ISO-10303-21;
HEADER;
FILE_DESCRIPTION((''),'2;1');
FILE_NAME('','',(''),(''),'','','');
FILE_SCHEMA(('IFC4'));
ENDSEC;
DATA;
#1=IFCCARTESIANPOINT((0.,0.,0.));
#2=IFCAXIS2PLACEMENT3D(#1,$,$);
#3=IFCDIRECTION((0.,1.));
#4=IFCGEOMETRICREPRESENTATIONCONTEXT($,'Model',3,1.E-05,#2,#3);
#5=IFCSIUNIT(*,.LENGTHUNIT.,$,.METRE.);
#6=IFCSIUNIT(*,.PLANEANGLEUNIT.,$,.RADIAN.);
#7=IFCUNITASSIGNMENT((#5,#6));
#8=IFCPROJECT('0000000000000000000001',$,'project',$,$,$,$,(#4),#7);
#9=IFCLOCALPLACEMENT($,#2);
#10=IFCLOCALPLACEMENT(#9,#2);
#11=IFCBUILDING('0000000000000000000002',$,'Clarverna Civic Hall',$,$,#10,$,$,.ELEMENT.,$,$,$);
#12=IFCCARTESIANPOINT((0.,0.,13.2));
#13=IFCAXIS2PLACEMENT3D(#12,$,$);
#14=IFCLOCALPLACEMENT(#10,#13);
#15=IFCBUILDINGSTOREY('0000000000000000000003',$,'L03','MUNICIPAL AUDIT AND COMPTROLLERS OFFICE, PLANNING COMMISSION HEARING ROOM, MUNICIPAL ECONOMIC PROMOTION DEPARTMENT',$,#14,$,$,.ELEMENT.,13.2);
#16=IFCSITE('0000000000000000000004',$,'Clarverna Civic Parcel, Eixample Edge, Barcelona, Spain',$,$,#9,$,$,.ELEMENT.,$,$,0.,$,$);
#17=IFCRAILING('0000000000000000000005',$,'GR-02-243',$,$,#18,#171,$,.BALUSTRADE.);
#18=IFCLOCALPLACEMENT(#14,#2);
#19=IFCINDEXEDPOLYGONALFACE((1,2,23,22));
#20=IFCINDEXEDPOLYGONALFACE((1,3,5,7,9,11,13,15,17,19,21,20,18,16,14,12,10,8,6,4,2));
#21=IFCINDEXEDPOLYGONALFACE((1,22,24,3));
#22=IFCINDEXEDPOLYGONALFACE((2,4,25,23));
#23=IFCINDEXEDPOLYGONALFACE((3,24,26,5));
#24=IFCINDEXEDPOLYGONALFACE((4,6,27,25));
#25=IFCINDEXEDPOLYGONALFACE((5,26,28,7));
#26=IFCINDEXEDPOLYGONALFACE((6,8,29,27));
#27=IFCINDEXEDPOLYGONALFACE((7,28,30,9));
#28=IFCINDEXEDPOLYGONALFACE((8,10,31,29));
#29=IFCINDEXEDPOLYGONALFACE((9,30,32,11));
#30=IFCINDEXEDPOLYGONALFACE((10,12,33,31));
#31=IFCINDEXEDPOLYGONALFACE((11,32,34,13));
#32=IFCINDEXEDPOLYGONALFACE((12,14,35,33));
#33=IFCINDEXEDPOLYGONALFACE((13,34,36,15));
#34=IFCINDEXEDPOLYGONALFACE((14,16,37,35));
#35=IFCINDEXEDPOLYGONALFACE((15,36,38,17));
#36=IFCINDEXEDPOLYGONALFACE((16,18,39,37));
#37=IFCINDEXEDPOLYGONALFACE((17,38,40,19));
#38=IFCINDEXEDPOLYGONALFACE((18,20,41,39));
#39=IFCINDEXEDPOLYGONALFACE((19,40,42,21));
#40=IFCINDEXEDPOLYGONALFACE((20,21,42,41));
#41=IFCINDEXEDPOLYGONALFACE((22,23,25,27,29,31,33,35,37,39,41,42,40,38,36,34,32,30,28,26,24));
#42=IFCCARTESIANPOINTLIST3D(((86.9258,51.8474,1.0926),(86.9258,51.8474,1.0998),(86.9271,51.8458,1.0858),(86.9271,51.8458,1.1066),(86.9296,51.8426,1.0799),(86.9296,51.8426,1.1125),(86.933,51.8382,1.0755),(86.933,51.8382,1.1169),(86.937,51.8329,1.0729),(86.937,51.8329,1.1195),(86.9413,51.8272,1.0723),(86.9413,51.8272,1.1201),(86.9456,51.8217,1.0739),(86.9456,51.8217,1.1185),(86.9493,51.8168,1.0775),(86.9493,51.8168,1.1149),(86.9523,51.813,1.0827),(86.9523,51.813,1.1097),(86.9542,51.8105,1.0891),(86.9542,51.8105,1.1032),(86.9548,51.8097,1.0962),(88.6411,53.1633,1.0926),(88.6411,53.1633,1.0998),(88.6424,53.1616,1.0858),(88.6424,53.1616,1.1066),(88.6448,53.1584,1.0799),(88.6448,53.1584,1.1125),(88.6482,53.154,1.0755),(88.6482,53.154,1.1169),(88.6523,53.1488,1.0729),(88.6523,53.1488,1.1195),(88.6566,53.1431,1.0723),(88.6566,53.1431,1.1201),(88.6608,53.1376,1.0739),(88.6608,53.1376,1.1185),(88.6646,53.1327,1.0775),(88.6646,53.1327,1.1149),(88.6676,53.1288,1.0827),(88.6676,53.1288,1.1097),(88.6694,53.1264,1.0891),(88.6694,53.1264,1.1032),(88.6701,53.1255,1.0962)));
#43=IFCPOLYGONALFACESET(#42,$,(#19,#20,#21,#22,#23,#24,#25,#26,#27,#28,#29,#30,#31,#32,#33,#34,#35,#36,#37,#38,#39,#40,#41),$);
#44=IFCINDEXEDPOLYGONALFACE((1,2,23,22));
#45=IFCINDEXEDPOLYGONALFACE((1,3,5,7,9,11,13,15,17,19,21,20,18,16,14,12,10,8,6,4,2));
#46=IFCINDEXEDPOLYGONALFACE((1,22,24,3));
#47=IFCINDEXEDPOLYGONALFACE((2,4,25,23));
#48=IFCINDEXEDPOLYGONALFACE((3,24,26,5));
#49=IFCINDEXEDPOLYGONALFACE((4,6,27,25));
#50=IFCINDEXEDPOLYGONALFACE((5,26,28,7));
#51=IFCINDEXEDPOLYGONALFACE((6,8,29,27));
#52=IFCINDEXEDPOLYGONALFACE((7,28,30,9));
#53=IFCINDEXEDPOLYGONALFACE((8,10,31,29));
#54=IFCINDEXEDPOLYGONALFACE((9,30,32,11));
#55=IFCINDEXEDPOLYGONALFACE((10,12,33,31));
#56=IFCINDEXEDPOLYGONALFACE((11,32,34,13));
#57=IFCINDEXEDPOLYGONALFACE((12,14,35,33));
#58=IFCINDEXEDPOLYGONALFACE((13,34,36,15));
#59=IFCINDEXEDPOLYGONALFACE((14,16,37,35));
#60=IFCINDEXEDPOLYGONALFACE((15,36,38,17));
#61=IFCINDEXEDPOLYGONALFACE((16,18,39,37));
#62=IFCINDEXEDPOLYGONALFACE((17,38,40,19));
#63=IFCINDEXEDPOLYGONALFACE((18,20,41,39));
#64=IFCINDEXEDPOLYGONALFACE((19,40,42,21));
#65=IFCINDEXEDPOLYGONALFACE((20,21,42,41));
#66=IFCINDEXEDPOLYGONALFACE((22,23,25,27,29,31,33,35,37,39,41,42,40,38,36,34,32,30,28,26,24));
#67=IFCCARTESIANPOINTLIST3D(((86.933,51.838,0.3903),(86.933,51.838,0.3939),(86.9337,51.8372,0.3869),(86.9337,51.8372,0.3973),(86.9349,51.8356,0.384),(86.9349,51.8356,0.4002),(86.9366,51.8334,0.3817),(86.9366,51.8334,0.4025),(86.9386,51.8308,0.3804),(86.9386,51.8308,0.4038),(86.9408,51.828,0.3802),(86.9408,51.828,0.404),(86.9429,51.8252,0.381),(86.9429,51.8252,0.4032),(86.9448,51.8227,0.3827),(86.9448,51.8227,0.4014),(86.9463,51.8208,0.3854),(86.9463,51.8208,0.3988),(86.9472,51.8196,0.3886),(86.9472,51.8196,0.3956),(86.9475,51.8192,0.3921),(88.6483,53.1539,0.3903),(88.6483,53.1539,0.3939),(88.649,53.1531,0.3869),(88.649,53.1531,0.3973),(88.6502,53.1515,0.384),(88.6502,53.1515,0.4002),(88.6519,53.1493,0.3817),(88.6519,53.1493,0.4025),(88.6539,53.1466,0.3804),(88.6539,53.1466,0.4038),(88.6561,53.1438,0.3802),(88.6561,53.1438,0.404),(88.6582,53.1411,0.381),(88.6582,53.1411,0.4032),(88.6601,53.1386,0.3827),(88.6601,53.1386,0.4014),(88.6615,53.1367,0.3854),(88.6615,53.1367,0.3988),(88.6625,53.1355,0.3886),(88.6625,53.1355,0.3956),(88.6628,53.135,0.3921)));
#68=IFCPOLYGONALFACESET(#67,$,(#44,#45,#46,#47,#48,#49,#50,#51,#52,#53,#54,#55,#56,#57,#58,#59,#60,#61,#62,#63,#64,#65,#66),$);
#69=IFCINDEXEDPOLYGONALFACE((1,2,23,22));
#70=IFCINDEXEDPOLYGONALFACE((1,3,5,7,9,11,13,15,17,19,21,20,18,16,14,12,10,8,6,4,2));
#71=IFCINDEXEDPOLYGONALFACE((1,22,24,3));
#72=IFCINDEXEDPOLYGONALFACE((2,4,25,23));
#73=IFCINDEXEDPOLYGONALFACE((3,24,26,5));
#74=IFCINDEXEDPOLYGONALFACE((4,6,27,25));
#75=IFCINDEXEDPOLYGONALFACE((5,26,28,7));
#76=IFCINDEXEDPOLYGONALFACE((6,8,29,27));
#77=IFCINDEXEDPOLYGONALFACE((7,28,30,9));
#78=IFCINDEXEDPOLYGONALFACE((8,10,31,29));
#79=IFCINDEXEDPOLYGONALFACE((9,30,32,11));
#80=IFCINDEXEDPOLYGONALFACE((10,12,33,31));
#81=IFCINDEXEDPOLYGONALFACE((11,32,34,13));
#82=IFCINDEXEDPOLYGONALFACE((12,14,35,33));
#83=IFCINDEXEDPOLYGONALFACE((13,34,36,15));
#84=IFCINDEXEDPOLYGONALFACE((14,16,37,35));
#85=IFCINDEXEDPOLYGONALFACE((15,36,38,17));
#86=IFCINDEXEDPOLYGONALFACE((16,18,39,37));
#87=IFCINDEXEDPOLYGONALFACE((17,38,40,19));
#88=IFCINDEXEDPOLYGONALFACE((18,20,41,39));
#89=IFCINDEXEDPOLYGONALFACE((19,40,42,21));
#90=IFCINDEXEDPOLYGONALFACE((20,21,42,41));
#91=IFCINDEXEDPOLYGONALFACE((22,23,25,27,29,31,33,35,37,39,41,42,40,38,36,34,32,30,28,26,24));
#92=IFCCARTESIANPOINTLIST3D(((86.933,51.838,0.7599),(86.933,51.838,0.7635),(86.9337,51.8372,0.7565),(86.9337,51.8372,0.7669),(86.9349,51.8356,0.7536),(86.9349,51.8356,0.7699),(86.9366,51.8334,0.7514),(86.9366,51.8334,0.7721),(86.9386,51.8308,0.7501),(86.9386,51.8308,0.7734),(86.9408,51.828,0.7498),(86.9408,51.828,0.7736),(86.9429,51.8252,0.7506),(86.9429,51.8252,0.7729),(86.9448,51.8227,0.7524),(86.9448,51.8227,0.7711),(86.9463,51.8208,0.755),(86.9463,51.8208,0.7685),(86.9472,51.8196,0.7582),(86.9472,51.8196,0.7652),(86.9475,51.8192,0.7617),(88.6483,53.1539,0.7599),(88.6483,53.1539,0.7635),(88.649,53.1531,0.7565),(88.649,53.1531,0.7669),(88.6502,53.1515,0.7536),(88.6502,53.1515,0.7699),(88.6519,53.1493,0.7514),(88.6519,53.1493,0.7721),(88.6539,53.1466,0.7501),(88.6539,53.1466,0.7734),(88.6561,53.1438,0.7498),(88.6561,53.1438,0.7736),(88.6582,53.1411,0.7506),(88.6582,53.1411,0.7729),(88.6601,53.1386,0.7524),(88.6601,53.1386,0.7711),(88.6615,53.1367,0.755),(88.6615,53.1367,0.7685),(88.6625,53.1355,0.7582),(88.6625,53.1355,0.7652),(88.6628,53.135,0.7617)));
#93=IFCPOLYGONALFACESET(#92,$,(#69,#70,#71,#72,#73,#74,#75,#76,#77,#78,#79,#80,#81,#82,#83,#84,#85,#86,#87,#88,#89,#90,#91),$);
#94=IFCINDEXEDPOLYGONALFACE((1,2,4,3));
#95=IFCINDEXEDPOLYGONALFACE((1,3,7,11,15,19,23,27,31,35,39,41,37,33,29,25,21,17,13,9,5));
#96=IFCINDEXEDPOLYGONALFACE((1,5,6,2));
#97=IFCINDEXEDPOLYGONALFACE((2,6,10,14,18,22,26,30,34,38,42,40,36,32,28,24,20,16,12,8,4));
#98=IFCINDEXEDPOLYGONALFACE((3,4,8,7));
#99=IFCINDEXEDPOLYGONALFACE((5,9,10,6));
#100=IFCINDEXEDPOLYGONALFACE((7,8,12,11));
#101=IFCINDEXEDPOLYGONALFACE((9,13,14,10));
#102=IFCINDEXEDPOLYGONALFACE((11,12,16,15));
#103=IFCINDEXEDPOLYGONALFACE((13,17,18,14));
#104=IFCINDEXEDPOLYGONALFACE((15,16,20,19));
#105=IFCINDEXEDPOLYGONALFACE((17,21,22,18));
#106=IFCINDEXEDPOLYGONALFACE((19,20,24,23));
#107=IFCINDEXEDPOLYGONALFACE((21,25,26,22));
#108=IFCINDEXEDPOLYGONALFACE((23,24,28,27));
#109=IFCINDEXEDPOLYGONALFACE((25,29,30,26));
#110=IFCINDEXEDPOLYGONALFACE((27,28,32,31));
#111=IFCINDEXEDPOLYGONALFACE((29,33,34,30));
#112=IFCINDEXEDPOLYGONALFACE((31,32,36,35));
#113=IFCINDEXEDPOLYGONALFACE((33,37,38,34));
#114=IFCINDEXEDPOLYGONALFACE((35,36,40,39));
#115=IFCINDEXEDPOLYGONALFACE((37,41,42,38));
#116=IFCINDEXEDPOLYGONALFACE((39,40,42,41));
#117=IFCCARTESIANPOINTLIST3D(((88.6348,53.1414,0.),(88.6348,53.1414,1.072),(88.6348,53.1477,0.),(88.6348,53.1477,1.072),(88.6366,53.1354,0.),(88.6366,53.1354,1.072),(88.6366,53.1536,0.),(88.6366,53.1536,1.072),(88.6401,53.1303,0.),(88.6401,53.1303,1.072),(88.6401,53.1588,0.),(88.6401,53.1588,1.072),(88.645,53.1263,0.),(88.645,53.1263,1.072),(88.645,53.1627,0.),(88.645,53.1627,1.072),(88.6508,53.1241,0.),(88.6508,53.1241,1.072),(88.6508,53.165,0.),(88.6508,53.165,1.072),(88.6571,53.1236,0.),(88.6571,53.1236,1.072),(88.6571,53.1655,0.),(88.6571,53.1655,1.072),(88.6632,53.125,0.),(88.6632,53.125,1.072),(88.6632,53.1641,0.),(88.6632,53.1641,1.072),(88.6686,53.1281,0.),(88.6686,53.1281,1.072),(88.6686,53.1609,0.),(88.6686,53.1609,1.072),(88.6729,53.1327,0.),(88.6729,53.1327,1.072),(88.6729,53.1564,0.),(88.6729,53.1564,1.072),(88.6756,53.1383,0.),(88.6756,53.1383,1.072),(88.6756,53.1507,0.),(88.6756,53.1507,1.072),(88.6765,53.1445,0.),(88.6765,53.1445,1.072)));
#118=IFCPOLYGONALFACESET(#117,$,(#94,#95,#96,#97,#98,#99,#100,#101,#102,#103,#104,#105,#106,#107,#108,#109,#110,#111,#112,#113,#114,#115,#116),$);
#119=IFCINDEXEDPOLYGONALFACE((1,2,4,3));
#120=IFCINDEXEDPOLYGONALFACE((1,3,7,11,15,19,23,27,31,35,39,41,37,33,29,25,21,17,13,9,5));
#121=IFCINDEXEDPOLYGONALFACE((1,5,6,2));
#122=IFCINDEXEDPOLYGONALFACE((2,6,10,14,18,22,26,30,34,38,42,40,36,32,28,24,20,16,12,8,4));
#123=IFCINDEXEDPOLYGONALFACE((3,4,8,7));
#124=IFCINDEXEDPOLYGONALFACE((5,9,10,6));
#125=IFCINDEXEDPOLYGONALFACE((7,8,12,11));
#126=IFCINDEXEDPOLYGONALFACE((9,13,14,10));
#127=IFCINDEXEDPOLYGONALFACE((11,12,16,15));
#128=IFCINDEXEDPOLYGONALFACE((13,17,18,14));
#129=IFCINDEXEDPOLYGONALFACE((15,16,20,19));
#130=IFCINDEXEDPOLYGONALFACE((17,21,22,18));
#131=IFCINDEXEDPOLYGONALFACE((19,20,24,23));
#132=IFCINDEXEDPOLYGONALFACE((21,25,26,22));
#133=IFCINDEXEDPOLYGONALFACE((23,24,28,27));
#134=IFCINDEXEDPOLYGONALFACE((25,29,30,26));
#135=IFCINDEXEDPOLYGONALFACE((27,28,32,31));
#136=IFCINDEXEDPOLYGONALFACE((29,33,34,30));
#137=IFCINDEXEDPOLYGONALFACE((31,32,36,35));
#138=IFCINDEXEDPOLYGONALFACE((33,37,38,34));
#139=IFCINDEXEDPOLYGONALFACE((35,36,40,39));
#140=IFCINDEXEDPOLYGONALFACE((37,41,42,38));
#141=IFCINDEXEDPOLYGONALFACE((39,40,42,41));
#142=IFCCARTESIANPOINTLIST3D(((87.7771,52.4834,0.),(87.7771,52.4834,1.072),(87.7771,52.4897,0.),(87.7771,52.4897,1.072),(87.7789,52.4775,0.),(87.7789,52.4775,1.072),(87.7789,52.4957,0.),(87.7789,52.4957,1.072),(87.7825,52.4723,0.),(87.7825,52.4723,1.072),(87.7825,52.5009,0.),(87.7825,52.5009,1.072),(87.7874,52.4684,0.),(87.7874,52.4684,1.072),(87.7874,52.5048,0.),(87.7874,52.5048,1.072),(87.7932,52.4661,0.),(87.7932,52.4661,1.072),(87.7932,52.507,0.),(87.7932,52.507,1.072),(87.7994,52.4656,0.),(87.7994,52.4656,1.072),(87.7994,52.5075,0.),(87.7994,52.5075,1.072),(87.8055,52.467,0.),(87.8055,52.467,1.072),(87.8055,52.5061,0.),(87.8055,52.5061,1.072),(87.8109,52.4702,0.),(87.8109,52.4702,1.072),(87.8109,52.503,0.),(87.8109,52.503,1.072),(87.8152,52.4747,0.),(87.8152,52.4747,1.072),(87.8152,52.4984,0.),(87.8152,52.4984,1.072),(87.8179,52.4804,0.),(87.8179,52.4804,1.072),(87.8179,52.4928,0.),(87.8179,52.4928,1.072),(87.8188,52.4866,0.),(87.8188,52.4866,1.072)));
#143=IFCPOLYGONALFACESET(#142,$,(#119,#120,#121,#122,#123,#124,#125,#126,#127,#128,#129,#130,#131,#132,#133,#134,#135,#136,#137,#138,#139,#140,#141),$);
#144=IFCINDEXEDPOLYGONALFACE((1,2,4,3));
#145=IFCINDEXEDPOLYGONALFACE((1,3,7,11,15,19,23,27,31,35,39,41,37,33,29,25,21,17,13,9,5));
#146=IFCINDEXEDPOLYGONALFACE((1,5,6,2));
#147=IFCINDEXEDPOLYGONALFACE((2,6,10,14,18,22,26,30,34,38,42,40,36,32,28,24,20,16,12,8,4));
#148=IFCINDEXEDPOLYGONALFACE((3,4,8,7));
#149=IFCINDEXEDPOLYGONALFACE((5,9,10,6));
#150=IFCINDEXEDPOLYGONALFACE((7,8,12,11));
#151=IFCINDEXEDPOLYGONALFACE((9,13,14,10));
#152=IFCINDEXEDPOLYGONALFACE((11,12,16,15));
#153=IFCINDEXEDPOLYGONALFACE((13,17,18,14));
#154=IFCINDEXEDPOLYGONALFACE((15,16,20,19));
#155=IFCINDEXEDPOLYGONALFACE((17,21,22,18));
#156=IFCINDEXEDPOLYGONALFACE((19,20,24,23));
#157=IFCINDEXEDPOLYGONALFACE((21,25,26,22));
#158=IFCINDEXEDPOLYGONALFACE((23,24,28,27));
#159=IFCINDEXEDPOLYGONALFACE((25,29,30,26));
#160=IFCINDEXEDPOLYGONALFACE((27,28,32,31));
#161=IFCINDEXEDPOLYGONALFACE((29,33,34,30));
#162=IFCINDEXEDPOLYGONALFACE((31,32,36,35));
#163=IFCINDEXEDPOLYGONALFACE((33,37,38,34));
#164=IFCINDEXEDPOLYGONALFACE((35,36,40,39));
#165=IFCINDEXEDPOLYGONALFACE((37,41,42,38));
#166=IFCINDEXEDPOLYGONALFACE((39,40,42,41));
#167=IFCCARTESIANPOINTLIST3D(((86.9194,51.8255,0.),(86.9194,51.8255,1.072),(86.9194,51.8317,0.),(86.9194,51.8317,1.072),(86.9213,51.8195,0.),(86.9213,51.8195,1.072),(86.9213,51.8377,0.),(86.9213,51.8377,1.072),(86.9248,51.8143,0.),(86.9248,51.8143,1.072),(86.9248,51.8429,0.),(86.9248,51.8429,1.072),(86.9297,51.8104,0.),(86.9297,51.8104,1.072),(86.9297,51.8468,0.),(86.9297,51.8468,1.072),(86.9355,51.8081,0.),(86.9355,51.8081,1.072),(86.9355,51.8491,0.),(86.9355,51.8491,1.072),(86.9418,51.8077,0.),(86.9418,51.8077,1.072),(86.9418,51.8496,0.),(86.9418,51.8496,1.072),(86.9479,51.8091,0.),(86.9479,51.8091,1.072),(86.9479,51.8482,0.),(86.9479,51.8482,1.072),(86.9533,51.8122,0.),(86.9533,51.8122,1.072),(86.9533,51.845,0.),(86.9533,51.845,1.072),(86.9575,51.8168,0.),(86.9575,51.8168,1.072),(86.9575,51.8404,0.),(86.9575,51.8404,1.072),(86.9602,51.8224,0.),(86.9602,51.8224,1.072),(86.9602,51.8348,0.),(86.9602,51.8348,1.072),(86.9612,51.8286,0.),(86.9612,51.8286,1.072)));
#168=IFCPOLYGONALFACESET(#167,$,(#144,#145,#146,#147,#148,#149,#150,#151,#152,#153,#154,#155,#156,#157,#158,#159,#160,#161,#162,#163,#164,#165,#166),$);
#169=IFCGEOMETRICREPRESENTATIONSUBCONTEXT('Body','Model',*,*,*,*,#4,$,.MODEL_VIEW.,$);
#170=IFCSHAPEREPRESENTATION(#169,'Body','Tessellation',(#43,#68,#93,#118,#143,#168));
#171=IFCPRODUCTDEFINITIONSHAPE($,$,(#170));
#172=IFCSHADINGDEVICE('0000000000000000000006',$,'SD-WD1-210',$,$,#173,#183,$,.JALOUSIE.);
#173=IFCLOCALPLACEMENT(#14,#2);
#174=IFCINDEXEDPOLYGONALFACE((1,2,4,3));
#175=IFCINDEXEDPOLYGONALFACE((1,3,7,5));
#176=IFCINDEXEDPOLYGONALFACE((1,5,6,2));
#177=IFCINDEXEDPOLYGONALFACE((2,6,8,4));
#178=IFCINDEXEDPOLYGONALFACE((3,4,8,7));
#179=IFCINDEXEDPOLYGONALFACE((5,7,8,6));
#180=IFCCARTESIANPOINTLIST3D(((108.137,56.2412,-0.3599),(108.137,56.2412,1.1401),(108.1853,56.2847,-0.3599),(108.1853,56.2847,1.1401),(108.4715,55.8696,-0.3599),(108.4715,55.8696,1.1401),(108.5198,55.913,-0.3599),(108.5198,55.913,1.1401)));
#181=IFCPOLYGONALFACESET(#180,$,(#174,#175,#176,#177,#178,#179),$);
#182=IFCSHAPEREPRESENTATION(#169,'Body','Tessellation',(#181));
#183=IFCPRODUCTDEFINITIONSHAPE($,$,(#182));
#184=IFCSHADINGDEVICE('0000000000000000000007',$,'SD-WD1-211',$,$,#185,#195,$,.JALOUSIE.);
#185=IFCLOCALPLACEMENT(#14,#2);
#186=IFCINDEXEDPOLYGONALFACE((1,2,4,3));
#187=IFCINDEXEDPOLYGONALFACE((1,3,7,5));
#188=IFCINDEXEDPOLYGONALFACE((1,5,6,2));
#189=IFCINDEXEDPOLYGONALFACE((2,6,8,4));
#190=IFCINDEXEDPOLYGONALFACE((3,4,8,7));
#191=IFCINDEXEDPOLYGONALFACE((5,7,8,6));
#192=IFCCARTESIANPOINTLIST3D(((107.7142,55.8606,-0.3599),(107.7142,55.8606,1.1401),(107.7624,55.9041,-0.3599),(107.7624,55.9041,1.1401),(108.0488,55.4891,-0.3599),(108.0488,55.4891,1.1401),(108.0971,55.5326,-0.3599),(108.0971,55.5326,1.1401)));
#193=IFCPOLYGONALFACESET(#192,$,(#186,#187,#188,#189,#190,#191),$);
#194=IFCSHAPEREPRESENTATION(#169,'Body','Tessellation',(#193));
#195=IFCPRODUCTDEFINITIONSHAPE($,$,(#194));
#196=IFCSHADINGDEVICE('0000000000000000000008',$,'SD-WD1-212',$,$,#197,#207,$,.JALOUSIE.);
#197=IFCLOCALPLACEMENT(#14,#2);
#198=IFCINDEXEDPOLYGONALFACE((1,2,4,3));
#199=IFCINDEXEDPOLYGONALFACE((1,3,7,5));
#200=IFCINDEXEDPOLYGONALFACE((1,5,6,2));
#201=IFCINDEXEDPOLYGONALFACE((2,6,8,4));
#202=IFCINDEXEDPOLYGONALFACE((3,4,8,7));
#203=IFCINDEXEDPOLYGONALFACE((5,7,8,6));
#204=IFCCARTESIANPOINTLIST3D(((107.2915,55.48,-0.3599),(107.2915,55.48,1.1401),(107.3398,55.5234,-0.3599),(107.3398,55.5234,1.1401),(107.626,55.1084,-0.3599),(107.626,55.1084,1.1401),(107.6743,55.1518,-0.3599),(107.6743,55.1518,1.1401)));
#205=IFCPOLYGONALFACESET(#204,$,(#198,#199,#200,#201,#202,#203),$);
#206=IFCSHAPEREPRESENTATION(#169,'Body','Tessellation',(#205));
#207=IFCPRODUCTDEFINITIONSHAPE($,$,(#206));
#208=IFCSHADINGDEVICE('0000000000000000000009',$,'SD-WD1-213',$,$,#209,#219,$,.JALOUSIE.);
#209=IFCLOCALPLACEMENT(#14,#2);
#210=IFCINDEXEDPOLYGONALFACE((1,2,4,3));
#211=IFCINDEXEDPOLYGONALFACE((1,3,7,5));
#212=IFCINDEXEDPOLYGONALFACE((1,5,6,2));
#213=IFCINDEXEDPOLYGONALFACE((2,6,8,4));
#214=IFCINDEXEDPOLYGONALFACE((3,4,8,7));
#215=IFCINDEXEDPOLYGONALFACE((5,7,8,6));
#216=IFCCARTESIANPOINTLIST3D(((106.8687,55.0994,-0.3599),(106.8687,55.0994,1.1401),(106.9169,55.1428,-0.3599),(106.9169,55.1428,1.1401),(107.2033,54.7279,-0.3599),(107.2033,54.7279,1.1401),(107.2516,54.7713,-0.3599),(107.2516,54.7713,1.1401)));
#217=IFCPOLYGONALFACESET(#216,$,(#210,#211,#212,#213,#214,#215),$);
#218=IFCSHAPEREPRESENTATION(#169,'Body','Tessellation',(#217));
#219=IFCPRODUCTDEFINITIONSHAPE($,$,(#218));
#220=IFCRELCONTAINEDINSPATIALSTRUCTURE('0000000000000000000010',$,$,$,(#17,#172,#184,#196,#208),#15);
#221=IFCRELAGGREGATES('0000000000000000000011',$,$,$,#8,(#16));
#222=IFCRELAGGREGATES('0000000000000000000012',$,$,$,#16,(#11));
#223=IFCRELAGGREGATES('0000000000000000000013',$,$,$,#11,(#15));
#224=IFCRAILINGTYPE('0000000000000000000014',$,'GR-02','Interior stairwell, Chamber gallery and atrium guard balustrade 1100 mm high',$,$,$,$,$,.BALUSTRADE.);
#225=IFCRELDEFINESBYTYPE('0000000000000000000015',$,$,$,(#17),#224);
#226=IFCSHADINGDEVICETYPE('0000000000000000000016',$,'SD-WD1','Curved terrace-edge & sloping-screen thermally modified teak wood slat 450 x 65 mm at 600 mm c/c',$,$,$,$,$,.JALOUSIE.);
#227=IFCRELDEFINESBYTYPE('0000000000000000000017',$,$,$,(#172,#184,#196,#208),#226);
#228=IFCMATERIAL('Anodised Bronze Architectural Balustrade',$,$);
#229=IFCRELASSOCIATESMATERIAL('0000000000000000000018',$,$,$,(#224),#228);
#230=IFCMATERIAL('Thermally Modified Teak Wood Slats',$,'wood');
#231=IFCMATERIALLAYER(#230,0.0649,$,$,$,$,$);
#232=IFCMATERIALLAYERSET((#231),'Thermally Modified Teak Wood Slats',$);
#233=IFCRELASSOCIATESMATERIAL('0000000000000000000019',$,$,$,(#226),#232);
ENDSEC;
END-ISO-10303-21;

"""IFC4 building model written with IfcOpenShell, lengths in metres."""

from ifc_helpers import new_model, si_unit, direction, frame, frame_2d, origin, origin_2d, place, context, subcontext, project, spatial, rectangle, circle, extrude, material, layer, layer_set, type_object, element, save


model = new_model("IFC4")

# Units and contexts
model_context = context("Model", 3, precision=1e-05, world=origin(), true_north=direction((0.0, 1.0)))
body_context = subcontext(model_context, "Body", "Model", "MODEL_VIEW")
ifc_project = project(units=[si_unit("LENGTHUNIT", "METRE"), si_unit("PLANEANGLEUNIT", "RADIAN")], contexts=[model_context])

# Site, building, storey
site_placement = place(None, origin())
site = spatial("IfcSite", under=ifc_project, at=site_placement, Name="Clarverna Civic Parcel, Eixample Edge, Barcelona, Spain", CompositionType="ELEMENT", RefElevation=0.0)
building_placement = place(site_placement, origin())
building = spatial("IfcBuilding", under=site, at=building_placement, Name="Clarverna Civic Hall", CompositionType="ELEMENT")
storey_placement = place(building_placement, frame((0.0, 0.0, 13.2)))
storey = spatial("IfcBuildingStorey", under=building, at=storey_placement, Name="L03", Description="MUNICIPAL AUDIT AND COMPTROLLERS OFFICE, PLANNING COMMISSION HEARING ROOM, MUNICIPAL ECONOMIC PROMOTION DEPARTMENT", CompositionType="ELEMENT", Elevation=13.2)

# Railing
ifc_material_1 = material(Name="Anodised Bronze Architectural Balustrade")
railing_type_1 = type_object("IfcRailingType", Name="GR-02", Description="Interior stairwell, Chamber gallery and atrium guard balustrade 1100 mm high", PredefinedType="BALUSTRADE", material=ifc_material_1)
railing_1_placement = place(storey_placement, frame((88.6555, 53.1445, 0.0)))
element("IfcRailing", 1, at=railing_1_placement, inside=storey, type_object=railing_type_1, Name="GR-02-243", PredefinedType="BALUSTRADE", context=body_context, shape_type="SweptSolid", body=[
    extrude(circle(Radius=0.0239, at=origin_2d()), frame((0.0, 0.0, 1.0962), z_axis=(-0.793421, -0.608673, 0.0), x_axis=(0.608673, -0.793421, 0.0)), (0.0, 0.0, 1.0), 2.1619),
    extrude(circle(Radius=0.012, at=origin_2d()), frame((0.0, 0.0, 0.3921), z_axis=(-0.793421, -0.608673, 0.0), x_axis=(0.608673, -0.793421, 0.0)), (0.0, 0.0, 1.0), 2.1619),
    extrude(circle(Radius=0.012, at=origin_2d()), frame((0.0, 0.0, 0.7617), z_axis=(-0.793421, -0.608673, 0.0), x_axis=(0.608673, -0.793421, 0.0)), (0.0, 0.0, 1.0), 2.1619),
    extrude(circle(Radius=0.021, at=origin_2d()), origin(), (0.0, 0.0, 1.0), 1.072),
    extrude(circle(Radius=0.021, at=origin_2d()), frame((-0.8577, -0.658, 0.0)), (0.0, 0.0, 1.0), 1.072),
    extrude(circle(Radius=0.021, at=origin_2d()), frame((-1.7153, -1.3159, 0.0)), (0.0, 0.0, 1.0), 1.072),
])

# Shading devices
ifc_material_2 = material(Name="Thermally Modified Teak Wood Slats", Category="wood")
ifc_layer_1 = layer(ifc_material_2, 0.0649)
ifc_layer_set_1 = layer_set([ifc_layer_1], Name="Thermally Modified Teak Wood Slats")
shading_device_type = type_object("IfcShadingDeviceType", Name="SD-WD1", Description="Curved terrace-edge & sloping-screen thermally modified teak wood slat 450 x 65 mm at 600 mm c/c", PredefinedType="JALOUSIE", material=ifc_layer_set_1)
for number, where, z_axis, x_axis, name in (
    (2, (108.1611, 56.2629, -0.3599), (0.0, 0.0, 1.0), (0.669019, -0.743246, 0.0), "SD-WD1-210"),
    (3, (107.7383, 55.8823, -0.3599), (0.0, 0.0, 1.0), (0.669288, -0.743003, 0.0), "SD-WD1-211"),
    (4, (107.3157, 55.5017, -0.3599), (0.0, 0.0, 1.0), (0.669019, -0.743246, 0.0), "SD-WD1-212"),
    (5, (106.8928, 55.1211, -0.3599), (0.0, 0.0, 1.0), (0.669288, -0.743003, 0.0), "SD-WD1-213"),
):
    element("IfcShadingDevice", number, at=place(storey_placement, frame(where, z_axis=z_axis, x_axis=x_axis)), inside=storey, type_object=shading_device_type, Name=name, PredefinedType="JALOUSIE", context=body_context, shape_type="SweptSolid", body=[
        extrude(rectangle(XDim=0.5, YDim=0.0649, at=frame_2d((0.25, 0.0))), origin(), (0.0, 0.0, 1.0), 1.5),
    ])

save(model, "model.ifc")
